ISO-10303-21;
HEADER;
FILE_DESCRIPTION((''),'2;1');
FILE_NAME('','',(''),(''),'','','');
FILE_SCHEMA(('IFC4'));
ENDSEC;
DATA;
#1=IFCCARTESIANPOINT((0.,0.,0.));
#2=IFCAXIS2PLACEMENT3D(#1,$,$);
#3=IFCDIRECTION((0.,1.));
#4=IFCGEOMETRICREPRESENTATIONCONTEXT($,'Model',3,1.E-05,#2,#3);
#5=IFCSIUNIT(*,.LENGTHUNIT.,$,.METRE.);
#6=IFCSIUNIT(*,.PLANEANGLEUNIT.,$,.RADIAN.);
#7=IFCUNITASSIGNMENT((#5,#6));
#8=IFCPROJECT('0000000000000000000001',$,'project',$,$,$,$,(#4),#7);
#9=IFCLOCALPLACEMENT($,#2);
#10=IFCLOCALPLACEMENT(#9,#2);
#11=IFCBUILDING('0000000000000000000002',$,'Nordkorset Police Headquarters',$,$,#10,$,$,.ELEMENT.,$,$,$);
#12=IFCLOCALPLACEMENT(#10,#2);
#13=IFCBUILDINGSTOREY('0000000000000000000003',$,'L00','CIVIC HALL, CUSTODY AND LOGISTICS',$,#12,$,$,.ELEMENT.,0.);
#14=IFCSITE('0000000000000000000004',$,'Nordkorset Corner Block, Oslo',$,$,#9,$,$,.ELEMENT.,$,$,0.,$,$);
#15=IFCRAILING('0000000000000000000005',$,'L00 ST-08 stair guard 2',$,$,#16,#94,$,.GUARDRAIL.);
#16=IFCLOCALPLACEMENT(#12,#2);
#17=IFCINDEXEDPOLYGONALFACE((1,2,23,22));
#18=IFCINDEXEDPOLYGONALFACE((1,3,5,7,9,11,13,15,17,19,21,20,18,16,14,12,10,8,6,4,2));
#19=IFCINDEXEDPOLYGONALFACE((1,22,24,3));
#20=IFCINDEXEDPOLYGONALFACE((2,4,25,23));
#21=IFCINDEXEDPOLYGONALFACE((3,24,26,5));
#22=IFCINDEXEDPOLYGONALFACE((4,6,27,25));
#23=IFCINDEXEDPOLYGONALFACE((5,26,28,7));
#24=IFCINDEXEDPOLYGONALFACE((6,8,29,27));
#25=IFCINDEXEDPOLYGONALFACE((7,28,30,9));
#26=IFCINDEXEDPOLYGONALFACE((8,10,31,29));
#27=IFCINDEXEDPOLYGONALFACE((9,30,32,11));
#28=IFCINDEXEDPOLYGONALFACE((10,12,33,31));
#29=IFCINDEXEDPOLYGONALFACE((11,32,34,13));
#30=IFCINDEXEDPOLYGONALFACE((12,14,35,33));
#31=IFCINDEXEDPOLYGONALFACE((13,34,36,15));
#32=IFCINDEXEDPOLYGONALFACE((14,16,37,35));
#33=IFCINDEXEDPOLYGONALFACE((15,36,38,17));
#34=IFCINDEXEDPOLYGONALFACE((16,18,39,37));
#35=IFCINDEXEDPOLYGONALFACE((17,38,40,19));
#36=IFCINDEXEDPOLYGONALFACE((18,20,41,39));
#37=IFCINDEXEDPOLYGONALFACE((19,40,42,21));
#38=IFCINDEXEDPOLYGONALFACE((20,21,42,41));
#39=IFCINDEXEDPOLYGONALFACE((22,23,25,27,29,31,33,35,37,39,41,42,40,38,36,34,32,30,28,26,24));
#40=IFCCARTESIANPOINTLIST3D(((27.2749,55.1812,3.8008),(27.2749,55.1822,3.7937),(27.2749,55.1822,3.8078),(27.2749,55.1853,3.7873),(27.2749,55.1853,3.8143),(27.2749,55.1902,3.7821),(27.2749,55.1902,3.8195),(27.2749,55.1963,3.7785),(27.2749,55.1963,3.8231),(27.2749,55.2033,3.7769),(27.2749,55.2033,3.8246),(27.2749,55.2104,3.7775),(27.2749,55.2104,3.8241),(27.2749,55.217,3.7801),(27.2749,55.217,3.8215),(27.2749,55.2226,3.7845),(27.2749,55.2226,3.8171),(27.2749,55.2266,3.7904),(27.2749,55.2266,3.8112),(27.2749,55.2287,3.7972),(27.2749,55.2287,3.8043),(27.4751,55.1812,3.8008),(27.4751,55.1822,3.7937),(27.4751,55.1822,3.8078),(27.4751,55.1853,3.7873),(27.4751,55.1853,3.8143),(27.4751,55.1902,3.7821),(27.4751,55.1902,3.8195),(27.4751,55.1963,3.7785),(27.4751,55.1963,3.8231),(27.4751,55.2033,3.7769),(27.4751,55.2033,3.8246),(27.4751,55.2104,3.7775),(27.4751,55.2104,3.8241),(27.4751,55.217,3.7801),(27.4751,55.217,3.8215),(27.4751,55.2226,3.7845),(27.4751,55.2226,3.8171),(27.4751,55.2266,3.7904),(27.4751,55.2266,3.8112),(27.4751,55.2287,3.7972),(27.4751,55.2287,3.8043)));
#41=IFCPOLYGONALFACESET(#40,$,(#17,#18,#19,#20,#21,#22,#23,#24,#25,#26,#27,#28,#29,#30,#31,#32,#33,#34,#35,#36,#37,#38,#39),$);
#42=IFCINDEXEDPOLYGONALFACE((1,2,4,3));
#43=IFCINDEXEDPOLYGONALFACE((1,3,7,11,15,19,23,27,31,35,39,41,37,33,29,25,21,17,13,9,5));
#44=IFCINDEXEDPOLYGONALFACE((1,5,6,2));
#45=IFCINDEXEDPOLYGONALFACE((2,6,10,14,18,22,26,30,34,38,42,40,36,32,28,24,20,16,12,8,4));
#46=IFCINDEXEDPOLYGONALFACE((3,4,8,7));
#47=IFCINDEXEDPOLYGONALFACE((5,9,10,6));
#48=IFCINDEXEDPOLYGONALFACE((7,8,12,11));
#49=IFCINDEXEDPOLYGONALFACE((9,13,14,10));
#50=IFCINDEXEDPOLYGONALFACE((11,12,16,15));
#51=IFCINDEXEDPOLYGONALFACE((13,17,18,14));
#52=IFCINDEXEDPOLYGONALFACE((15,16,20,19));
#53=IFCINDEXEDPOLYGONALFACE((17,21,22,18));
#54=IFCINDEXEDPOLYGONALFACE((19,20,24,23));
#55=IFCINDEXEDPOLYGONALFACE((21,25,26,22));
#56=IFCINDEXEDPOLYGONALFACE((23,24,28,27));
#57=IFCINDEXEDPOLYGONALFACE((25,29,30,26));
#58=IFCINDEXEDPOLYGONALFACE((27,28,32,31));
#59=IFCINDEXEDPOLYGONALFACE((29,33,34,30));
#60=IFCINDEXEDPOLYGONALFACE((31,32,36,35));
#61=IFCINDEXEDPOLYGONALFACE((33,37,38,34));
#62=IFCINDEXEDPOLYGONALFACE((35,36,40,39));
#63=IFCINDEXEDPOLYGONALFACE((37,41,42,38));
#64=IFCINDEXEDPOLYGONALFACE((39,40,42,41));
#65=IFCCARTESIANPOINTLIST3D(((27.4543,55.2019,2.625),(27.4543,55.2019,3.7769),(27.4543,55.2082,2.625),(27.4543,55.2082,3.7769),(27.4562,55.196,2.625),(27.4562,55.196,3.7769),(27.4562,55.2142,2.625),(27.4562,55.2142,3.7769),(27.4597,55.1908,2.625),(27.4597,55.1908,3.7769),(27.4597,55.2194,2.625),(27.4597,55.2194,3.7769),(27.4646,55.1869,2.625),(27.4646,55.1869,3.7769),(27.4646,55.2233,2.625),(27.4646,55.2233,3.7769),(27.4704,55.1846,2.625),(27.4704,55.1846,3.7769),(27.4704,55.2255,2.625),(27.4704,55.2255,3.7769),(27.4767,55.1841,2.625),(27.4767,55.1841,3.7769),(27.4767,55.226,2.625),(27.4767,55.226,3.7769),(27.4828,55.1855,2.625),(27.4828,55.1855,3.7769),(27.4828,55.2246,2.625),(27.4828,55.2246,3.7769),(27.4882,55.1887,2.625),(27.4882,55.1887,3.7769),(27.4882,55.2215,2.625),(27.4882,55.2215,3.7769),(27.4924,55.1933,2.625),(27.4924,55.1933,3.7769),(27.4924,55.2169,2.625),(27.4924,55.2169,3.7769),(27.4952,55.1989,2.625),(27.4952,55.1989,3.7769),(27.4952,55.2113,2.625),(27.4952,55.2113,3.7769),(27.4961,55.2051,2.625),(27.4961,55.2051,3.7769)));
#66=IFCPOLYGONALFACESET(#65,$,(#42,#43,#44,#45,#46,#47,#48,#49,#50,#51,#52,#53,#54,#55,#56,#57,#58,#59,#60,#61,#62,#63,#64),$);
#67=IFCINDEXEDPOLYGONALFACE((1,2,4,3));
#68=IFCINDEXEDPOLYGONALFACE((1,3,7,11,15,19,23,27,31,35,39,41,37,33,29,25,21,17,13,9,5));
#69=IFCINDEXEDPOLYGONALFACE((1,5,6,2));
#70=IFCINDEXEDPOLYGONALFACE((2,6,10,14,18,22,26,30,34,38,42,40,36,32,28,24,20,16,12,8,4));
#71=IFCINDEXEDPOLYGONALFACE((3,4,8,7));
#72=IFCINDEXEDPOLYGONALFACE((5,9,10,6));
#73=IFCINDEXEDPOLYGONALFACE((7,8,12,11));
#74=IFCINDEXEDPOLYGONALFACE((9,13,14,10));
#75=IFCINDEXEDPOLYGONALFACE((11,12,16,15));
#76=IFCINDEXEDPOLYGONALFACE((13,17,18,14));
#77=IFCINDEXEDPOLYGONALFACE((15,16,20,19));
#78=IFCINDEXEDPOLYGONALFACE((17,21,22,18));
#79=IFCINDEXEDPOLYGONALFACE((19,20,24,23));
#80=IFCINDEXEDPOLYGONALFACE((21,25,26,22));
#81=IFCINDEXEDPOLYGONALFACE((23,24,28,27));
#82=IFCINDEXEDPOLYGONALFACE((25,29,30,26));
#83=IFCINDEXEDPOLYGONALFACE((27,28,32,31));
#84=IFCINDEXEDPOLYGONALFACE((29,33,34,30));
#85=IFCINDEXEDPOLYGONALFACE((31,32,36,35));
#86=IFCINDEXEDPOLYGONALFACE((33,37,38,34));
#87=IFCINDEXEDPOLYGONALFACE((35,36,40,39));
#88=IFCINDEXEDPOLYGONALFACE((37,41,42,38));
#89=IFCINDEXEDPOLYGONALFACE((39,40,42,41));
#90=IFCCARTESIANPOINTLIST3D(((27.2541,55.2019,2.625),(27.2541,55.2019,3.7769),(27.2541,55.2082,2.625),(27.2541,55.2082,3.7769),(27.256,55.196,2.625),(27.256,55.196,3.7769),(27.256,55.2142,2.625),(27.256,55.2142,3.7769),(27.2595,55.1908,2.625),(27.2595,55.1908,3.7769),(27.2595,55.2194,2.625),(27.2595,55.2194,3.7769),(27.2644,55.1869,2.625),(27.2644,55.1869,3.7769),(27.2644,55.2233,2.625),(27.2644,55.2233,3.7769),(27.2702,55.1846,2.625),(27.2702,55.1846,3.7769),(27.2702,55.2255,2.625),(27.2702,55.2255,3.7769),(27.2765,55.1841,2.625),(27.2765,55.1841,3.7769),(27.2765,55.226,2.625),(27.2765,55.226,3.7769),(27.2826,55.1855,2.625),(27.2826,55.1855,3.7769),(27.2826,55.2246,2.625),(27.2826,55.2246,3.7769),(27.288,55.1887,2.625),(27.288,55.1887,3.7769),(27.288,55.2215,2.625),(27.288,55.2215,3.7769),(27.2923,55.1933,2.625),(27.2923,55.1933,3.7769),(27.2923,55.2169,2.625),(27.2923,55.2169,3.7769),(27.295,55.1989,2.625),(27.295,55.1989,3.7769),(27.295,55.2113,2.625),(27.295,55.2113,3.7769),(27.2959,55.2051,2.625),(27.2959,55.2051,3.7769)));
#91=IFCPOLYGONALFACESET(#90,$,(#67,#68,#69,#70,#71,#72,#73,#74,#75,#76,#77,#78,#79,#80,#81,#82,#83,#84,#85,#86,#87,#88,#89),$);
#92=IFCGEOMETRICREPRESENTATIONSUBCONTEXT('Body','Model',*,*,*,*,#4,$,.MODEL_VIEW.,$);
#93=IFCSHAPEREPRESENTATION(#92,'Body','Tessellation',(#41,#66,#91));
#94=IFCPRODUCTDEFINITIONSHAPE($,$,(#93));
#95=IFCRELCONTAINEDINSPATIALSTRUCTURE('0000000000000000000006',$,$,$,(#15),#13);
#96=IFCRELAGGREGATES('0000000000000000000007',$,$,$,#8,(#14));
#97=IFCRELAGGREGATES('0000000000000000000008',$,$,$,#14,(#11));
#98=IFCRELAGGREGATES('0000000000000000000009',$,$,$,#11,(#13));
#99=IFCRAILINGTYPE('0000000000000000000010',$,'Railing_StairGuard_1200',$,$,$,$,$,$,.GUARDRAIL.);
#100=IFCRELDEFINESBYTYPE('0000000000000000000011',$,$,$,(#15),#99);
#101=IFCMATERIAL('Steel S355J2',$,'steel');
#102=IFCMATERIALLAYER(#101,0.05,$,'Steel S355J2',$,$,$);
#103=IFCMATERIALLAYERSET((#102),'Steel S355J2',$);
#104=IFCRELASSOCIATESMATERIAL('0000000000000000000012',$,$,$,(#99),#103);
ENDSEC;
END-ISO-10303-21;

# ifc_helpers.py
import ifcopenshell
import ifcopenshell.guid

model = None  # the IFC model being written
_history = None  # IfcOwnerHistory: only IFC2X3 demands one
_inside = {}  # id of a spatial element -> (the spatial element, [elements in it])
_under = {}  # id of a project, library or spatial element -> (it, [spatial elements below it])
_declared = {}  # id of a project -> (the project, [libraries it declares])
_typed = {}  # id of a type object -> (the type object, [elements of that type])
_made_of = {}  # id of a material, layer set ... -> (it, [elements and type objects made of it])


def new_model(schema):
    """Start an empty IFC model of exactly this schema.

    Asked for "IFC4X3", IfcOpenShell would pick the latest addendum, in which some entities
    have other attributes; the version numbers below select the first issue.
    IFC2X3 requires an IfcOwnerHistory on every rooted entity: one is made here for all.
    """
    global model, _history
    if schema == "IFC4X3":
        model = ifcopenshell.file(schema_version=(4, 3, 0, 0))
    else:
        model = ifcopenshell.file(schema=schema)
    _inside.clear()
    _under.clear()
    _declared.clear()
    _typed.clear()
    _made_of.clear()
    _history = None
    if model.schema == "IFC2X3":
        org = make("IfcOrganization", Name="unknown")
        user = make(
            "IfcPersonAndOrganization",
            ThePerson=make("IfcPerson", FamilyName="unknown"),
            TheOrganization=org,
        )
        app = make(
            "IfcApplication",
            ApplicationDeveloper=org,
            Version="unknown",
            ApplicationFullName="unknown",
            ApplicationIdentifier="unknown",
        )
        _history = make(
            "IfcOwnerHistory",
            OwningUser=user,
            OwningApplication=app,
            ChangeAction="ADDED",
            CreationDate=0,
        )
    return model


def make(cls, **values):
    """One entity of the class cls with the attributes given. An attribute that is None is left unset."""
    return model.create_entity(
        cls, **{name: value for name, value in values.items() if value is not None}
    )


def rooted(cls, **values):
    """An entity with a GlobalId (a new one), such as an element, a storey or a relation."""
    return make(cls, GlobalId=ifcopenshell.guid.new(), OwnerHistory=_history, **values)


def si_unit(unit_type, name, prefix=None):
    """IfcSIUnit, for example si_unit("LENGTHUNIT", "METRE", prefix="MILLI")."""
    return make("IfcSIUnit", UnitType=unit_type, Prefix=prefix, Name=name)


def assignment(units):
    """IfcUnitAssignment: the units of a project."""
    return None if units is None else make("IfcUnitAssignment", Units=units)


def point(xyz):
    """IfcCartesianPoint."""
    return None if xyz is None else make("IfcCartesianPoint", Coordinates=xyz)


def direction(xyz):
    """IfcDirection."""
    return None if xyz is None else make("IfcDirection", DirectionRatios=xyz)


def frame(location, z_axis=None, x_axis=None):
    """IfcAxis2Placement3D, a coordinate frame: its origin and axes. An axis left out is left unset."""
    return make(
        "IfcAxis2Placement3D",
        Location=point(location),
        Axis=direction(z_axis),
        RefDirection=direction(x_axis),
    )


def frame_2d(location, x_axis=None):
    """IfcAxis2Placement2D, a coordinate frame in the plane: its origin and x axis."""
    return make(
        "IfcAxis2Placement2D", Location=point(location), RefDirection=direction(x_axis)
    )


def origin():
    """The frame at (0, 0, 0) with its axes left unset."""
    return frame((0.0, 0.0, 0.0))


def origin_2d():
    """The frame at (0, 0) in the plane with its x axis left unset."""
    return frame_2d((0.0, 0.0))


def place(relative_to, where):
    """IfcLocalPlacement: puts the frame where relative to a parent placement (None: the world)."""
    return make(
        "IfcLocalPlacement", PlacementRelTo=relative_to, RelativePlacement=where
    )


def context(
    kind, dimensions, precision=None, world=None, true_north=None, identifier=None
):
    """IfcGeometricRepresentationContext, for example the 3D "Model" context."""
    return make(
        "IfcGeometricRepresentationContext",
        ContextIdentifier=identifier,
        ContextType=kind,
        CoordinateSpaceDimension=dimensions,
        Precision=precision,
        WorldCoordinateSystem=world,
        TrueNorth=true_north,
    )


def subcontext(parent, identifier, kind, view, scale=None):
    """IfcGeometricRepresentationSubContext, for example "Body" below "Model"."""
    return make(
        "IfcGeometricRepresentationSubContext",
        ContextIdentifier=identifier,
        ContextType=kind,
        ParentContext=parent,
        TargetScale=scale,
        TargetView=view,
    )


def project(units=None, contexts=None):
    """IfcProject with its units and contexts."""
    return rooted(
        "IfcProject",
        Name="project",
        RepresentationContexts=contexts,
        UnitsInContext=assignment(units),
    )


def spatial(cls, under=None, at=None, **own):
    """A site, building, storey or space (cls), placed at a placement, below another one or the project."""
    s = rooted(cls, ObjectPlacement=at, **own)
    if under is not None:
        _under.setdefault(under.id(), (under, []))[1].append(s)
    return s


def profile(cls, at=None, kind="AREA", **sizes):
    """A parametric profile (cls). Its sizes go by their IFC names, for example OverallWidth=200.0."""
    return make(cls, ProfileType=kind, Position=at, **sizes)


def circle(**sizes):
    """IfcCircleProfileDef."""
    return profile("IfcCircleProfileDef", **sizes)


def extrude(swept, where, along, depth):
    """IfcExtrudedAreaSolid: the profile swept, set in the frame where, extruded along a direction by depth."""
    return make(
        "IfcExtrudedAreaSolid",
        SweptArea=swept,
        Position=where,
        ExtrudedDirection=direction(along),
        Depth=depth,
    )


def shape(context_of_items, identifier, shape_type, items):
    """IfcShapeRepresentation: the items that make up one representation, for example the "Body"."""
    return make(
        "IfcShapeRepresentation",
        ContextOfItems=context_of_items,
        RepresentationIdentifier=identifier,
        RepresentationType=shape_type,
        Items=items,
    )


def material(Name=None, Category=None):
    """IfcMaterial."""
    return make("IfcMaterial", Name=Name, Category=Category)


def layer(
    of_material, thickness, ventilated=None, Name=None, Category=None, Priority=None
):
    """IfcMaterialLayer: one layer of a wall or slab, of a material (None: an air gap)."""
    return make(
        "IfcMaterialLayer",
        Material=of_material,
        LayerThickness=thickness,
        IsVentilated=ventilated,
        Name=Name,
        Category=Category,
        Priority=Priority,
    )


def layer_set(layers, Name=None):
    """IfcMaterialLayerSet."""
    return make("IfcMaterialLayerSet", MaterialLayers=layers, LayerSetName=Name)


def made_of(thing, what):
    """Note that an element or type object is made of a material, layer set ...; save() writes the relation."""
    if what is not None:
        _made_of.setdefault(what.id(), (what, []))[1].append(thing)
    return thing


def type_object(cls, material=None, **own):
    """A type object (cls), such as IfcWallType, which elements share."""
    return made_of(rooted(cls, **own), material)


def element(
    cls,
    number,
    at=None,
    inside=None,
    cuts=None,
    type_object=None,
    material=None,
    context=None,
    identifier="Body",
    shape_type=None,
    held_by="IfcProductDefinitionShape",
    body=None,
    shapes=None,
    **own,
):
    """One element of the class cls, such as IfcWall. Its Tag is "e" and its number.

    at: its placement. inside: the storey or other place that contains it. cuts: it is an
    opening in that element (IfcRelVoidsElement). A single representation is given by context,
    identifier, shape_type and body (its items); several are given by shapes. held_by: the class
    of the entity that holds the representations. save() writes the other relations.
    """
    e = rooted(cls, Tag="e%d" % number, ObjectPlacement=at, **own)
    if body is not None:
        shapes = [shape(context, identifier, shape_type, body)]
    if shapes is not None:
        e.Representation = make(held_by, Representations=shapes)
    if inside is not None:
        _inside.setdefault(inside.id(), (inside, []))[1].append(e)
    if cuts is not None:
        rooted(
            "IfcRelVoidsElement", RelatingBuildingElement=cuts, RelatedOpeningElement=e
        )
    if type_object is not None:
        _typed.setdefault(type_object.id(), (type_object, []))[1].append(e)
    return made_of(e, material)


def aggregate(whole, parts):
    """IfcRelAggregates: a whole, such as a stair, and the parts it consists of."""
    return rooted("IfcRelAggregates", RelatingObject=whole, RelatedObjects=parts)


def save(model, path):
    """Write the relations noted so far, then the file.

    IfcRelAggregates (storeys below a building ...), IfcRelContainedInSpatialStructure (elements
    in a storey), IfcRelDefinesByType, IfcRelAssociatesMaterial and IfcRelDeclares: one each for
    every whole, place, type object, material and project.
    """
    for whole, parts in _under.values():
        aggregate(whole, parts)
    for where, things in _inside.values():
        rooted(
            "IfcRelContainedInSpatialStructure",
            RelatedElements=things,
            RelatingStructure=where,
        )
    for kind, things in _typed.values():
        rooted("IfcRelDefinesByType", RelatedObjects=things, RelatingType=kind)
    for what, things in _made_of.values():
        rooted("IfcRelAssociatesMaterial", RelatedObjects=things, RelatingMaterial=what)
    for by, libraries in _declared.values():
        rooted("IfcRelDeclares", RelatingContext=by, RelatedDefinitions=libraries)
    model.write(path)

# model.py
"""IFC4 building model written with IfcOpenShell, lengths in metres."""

from ifc_helpers import new_model, si_unit, direction, frame, origin, origin_2d, place, context, subcontext, project, spatial, circle, extrude, material, layer, layer_set, type_object, element, save


model = new_model("IFC4")

# Units and contexts
model_context = context("Model", 3, precision=1e-05, world=origin(), true_north=direction((0.0, 1.0)))
body_context = subcontext(model_context, "Body", "Model", "MODEL_VIEW")
ifc_project = project(units=[si_unit("LENGTHUNIT", "METRE"), si_unit("PLANEANGLEUNIT", "RADIAN")], contexts=[model_context])

# Site, building, storey
site_placement = place(None, origin())
site = spatial("IfcSite", under=ifc_project, at=site_placement, Name="Nordkorset Corner Block, Oslo", CompositionType="ELEMENT", RefElevation=0.0)
building_placement = place(site_placement, origin())
building = spatial("IfcBuilding", under=site, at=building_placement, Name="Nordkorset Police Headquarters", CompositionType="ELEMENT")
storey_placement = place(building_placement, origin())
storey = spatial("IfcBuildingStorey", under=building, at=storey_placement, Name="L00", Description="CIVIC HALL, CUSTODY AND LOGISTICS", CompositionType="ELEMENT", Elevation=0.0)

# Railing
ifc_material_1 = material(Name="Steel S355J2", Category="steel")
ifc_layer_1 = layer(ifc_material_1, 0.05, Name="Steel S355J2")
ifc_layer_set_1 = layer_set([ifc_layer_1], Name="Steel S355J2")
railing_type = type_object("IfcRailingType", Name="Railing_StairGuard_1200", PredefinedType="GUARDRAIL", material=ifc_layer_set_1)
railing_placement = place(storey_placement, frame((27.4751, 55.2051, 2.625)))
element("IfcRailing", 1, at=railing_placement, inside=storey, type_object=railing_type, Name="L00 ST-08 stair guard 2", PredefinedType="GUARDRAIL", context=body_context, shape_type="SweptSolid", body=[
    extrude(circle(Radius=0.0239, at=origin_2d()), frame((0.0, 0.0, 1.1758), z_axis=(-1.0, 0.0, 0.0), x_axis=(0.0, -1.0, 0.0)), (0.0, 0.0, 1.0), 0.2002),
    extrude(circle(Radius=0.021, at=origin_2d()), origin(), (0.0, 0.0, 1.0), 1.1519),
    extrude(circle(Radius=0.021, at=origin_2d()), frame((-0.2002, 0.0, 0.0)), (0.0, 0.0, 1.0), 1.1519),
])

save(model, "model.ifc")
